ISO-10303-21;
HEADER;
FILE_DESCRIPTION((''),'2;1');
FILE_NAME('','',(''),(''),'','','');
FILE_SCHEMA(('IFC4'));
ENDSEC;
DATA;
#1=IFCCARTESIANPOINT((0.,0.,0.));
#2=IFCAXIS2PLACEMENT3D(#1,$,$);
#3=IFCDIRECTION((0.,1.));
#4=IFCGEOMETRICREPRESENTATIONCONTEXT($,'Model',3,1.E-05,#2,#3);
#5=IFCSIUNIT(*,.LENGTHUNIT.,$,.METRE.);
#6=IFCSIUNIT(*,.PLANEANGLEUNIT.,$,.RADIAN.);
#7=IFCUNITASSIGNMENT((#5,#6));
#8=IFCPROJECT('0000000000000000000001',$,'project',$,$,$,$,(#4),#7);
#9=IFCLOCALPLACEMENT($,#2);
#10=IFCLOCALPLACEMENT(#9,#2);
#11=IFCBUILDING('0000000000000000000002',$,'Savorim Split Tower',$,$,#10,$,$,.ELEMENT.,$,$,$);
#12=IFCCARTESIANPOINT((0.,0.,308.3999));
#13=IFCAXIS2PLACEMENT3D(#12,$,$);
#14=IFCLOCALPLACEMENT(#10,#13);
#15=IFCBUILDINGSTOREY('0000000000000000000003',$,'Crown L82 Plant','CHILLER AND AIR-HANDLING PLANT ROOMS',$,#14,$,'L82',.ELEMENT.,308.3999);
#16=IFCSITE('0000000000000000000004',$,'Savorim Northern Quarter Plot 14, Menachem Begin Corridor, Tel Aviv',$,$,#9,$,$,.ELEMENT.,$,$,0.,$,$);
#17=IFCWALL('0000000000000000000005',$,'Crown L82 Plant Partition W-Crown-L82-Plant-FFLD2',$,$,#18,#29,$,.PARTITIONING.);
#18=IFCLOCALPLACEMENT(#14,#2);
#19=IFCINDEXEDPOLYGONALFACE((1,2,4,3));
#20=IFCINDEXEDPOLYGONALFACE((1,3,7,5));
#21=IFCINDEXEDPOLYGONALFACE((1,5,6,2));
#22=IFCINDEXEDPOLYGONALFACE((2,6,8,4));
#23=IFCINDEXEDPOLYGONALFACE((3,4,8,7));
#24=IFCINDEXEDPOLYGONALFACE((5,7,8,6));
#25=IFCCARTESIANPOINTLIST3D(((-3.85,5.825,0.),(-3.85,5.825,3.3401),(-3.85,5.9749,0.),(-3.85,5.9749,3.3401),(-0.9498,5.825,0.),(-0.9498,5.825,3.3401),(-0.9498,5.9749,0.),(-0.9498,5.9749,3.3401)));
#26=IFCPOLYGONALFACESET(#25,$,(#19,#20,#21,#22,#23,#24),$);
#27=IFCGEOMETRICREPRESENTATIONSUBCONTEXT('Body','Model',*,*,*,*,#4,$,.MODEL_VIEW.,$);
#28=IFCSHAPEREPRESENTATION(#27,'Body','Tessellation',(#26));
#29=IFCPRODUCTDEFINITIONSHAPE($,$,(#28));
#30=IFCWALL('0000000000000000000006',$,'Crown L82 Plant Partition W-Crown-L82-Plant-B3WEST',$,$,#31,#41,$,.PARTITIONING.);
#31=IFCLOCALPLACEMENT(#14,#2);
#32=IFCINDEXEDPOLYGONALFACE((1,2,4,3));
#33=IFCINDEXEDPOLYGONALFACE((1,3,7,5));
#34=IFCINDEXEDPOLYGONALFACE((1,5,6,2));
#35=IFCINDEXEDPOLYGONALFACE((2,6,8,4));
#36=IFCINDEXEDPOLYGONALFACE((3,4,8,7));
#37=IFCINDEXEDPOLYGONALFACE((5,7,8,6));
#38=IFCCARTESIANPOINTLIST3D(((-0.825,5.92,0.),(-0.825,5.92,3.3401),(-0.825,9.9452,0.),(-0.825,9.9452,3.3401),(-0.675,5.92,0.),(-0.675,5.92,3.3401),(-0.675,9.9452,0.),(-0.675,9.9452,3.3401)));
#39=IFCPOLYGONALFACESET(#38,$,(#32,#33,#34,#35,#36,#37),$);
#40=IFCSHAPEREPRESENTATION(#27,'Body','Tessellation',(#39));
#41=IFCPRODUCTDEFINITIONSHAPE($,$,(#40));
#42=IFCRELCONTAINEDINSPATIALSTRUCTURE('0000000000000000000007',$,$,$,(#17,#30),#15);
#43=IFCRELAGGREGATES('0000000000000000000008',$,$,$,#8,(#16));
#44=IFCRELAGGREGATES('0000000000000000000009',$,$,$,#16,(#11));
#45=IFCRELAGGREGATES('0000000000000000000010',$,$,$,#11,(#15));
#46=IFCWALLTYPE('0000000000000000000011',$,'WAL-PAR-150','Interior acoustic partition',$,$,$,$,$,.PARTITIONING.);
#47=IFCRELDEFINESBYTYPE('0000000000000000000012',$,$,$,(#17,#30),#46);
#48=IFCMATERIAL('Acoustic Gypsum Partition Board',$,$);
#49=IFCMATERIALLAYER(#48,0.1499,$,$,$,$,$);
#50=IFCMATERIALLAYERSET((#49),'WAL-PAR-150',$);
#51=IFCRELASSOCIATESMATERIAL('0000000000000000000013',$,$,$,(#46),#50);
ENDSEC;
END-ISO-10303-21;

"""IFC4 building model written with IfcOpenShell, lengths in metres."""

from ifc_helpers import new_model, si_unit, direction, frame, frame_2d, origin, place, context, subcontext, project, spatial, rectangle, extrude, material, layer, layer_set, type_object, element, save


model = new_model("IFC4")

# Units and contexts
model_context = context("Model", 3, precision=1e-05, world=origin(), true_north=direction((0.0, 1.0)))
body_context = subcontext(model_context, "Body", "Model", "MODEL_VIEW")
ifc_project = project(units=[si_unit("LENGTHUNIT", "METRE"), si_unit("PLANEANGLEUNIT", "RADIAN")], contexts=[model_context])

# Site, building, storey
site_placement = place(None, origin())
site = spatial("IfcSite", under=ifc_project, at=site_placement, Name="Savorim Northern Quarter Plot 14, Menachem Begin Corridor, Tel Aviv", CompositionType="ELEMENT", RefElevation=0.0)
building_placement = place(site_placement, origin())
building = spatial("IfcBuilding", under=site, at=building_placement, Name="Savorim Split Tower", CompositionType="ELEMENT")
storey_placement = place(building_placement, frame((0.0, 0.0, 308.3999)))
storey = spatial("IfcBuildingStorey", under=building, at=storey_placement, Name="Crown L82 Plant", Description="CHILLER AND AIR-HANDLING PLANT ROOMS", LongName="L82", CompositionType="ELEMENT", Elevation=308.3999)

# Walls
ifc_material_1 = material(Name="Acoustic Gypsum Partition Board")
ifc_layer_1 = layer(ifc_material_1, 0.1499)
ifc_layer_set_1 = layer_set([ifc_layer_1], Name="WAL-PAR-150")
wall_type_1 = type_object("IfcWallType", Name="WAL-PAR-150", Description="Interior acoustic partition", PredefinedType="PARTITIONING", material=ifc_layer_set_1)
wall_1_placement = place(storey_placement, frame((-3.8501, 5.8999, 0.0), z_axis=(0.0, 0.0, 1.0), x_axis=(1.0, 0.0, 0.0)))
element("IfcWall", 1, at=wall_1_placement, inside=storey, type_object=wall_type_1, Name="Crown L82 Plant Partition W-Crown-L82-Plant-FFLD2", PredefinedType="PARTITIONING", context=body_context, shape_type="SweptSolid", body=[
    extrude(rectangle(XDim=2.9001, YDim=0.1499, at=frame_2d((1.4502, 0.0))), origin(), (0.0, 0.0, 1.0), 3.3401),
])
wall_2_placement = place(storey_placement, frame((-0.75, 5.9199, 0.0), z_axis=(0.0, 0.0, 1.0), x_axis=(0.0, 1.0, 0.0)))
element("IfcWall", 2, at=wall_2_placement, inside=storey, type_object=wall_type_1, Name="Crown L82 Plant Partition W-Crown-L82-Plant-B3WEST", PredefinedType="PARTITIONING", context=body_context, shape_type="SweptSolid", body=[
    extrude(rectangle(XDim=4.0251, YDim=0.1499, at=frame_2d((2.0127, 0.0))), origin(), (0.0, 0.0, 1.0), 3.3401),
])

save(model, "model.ifc")
